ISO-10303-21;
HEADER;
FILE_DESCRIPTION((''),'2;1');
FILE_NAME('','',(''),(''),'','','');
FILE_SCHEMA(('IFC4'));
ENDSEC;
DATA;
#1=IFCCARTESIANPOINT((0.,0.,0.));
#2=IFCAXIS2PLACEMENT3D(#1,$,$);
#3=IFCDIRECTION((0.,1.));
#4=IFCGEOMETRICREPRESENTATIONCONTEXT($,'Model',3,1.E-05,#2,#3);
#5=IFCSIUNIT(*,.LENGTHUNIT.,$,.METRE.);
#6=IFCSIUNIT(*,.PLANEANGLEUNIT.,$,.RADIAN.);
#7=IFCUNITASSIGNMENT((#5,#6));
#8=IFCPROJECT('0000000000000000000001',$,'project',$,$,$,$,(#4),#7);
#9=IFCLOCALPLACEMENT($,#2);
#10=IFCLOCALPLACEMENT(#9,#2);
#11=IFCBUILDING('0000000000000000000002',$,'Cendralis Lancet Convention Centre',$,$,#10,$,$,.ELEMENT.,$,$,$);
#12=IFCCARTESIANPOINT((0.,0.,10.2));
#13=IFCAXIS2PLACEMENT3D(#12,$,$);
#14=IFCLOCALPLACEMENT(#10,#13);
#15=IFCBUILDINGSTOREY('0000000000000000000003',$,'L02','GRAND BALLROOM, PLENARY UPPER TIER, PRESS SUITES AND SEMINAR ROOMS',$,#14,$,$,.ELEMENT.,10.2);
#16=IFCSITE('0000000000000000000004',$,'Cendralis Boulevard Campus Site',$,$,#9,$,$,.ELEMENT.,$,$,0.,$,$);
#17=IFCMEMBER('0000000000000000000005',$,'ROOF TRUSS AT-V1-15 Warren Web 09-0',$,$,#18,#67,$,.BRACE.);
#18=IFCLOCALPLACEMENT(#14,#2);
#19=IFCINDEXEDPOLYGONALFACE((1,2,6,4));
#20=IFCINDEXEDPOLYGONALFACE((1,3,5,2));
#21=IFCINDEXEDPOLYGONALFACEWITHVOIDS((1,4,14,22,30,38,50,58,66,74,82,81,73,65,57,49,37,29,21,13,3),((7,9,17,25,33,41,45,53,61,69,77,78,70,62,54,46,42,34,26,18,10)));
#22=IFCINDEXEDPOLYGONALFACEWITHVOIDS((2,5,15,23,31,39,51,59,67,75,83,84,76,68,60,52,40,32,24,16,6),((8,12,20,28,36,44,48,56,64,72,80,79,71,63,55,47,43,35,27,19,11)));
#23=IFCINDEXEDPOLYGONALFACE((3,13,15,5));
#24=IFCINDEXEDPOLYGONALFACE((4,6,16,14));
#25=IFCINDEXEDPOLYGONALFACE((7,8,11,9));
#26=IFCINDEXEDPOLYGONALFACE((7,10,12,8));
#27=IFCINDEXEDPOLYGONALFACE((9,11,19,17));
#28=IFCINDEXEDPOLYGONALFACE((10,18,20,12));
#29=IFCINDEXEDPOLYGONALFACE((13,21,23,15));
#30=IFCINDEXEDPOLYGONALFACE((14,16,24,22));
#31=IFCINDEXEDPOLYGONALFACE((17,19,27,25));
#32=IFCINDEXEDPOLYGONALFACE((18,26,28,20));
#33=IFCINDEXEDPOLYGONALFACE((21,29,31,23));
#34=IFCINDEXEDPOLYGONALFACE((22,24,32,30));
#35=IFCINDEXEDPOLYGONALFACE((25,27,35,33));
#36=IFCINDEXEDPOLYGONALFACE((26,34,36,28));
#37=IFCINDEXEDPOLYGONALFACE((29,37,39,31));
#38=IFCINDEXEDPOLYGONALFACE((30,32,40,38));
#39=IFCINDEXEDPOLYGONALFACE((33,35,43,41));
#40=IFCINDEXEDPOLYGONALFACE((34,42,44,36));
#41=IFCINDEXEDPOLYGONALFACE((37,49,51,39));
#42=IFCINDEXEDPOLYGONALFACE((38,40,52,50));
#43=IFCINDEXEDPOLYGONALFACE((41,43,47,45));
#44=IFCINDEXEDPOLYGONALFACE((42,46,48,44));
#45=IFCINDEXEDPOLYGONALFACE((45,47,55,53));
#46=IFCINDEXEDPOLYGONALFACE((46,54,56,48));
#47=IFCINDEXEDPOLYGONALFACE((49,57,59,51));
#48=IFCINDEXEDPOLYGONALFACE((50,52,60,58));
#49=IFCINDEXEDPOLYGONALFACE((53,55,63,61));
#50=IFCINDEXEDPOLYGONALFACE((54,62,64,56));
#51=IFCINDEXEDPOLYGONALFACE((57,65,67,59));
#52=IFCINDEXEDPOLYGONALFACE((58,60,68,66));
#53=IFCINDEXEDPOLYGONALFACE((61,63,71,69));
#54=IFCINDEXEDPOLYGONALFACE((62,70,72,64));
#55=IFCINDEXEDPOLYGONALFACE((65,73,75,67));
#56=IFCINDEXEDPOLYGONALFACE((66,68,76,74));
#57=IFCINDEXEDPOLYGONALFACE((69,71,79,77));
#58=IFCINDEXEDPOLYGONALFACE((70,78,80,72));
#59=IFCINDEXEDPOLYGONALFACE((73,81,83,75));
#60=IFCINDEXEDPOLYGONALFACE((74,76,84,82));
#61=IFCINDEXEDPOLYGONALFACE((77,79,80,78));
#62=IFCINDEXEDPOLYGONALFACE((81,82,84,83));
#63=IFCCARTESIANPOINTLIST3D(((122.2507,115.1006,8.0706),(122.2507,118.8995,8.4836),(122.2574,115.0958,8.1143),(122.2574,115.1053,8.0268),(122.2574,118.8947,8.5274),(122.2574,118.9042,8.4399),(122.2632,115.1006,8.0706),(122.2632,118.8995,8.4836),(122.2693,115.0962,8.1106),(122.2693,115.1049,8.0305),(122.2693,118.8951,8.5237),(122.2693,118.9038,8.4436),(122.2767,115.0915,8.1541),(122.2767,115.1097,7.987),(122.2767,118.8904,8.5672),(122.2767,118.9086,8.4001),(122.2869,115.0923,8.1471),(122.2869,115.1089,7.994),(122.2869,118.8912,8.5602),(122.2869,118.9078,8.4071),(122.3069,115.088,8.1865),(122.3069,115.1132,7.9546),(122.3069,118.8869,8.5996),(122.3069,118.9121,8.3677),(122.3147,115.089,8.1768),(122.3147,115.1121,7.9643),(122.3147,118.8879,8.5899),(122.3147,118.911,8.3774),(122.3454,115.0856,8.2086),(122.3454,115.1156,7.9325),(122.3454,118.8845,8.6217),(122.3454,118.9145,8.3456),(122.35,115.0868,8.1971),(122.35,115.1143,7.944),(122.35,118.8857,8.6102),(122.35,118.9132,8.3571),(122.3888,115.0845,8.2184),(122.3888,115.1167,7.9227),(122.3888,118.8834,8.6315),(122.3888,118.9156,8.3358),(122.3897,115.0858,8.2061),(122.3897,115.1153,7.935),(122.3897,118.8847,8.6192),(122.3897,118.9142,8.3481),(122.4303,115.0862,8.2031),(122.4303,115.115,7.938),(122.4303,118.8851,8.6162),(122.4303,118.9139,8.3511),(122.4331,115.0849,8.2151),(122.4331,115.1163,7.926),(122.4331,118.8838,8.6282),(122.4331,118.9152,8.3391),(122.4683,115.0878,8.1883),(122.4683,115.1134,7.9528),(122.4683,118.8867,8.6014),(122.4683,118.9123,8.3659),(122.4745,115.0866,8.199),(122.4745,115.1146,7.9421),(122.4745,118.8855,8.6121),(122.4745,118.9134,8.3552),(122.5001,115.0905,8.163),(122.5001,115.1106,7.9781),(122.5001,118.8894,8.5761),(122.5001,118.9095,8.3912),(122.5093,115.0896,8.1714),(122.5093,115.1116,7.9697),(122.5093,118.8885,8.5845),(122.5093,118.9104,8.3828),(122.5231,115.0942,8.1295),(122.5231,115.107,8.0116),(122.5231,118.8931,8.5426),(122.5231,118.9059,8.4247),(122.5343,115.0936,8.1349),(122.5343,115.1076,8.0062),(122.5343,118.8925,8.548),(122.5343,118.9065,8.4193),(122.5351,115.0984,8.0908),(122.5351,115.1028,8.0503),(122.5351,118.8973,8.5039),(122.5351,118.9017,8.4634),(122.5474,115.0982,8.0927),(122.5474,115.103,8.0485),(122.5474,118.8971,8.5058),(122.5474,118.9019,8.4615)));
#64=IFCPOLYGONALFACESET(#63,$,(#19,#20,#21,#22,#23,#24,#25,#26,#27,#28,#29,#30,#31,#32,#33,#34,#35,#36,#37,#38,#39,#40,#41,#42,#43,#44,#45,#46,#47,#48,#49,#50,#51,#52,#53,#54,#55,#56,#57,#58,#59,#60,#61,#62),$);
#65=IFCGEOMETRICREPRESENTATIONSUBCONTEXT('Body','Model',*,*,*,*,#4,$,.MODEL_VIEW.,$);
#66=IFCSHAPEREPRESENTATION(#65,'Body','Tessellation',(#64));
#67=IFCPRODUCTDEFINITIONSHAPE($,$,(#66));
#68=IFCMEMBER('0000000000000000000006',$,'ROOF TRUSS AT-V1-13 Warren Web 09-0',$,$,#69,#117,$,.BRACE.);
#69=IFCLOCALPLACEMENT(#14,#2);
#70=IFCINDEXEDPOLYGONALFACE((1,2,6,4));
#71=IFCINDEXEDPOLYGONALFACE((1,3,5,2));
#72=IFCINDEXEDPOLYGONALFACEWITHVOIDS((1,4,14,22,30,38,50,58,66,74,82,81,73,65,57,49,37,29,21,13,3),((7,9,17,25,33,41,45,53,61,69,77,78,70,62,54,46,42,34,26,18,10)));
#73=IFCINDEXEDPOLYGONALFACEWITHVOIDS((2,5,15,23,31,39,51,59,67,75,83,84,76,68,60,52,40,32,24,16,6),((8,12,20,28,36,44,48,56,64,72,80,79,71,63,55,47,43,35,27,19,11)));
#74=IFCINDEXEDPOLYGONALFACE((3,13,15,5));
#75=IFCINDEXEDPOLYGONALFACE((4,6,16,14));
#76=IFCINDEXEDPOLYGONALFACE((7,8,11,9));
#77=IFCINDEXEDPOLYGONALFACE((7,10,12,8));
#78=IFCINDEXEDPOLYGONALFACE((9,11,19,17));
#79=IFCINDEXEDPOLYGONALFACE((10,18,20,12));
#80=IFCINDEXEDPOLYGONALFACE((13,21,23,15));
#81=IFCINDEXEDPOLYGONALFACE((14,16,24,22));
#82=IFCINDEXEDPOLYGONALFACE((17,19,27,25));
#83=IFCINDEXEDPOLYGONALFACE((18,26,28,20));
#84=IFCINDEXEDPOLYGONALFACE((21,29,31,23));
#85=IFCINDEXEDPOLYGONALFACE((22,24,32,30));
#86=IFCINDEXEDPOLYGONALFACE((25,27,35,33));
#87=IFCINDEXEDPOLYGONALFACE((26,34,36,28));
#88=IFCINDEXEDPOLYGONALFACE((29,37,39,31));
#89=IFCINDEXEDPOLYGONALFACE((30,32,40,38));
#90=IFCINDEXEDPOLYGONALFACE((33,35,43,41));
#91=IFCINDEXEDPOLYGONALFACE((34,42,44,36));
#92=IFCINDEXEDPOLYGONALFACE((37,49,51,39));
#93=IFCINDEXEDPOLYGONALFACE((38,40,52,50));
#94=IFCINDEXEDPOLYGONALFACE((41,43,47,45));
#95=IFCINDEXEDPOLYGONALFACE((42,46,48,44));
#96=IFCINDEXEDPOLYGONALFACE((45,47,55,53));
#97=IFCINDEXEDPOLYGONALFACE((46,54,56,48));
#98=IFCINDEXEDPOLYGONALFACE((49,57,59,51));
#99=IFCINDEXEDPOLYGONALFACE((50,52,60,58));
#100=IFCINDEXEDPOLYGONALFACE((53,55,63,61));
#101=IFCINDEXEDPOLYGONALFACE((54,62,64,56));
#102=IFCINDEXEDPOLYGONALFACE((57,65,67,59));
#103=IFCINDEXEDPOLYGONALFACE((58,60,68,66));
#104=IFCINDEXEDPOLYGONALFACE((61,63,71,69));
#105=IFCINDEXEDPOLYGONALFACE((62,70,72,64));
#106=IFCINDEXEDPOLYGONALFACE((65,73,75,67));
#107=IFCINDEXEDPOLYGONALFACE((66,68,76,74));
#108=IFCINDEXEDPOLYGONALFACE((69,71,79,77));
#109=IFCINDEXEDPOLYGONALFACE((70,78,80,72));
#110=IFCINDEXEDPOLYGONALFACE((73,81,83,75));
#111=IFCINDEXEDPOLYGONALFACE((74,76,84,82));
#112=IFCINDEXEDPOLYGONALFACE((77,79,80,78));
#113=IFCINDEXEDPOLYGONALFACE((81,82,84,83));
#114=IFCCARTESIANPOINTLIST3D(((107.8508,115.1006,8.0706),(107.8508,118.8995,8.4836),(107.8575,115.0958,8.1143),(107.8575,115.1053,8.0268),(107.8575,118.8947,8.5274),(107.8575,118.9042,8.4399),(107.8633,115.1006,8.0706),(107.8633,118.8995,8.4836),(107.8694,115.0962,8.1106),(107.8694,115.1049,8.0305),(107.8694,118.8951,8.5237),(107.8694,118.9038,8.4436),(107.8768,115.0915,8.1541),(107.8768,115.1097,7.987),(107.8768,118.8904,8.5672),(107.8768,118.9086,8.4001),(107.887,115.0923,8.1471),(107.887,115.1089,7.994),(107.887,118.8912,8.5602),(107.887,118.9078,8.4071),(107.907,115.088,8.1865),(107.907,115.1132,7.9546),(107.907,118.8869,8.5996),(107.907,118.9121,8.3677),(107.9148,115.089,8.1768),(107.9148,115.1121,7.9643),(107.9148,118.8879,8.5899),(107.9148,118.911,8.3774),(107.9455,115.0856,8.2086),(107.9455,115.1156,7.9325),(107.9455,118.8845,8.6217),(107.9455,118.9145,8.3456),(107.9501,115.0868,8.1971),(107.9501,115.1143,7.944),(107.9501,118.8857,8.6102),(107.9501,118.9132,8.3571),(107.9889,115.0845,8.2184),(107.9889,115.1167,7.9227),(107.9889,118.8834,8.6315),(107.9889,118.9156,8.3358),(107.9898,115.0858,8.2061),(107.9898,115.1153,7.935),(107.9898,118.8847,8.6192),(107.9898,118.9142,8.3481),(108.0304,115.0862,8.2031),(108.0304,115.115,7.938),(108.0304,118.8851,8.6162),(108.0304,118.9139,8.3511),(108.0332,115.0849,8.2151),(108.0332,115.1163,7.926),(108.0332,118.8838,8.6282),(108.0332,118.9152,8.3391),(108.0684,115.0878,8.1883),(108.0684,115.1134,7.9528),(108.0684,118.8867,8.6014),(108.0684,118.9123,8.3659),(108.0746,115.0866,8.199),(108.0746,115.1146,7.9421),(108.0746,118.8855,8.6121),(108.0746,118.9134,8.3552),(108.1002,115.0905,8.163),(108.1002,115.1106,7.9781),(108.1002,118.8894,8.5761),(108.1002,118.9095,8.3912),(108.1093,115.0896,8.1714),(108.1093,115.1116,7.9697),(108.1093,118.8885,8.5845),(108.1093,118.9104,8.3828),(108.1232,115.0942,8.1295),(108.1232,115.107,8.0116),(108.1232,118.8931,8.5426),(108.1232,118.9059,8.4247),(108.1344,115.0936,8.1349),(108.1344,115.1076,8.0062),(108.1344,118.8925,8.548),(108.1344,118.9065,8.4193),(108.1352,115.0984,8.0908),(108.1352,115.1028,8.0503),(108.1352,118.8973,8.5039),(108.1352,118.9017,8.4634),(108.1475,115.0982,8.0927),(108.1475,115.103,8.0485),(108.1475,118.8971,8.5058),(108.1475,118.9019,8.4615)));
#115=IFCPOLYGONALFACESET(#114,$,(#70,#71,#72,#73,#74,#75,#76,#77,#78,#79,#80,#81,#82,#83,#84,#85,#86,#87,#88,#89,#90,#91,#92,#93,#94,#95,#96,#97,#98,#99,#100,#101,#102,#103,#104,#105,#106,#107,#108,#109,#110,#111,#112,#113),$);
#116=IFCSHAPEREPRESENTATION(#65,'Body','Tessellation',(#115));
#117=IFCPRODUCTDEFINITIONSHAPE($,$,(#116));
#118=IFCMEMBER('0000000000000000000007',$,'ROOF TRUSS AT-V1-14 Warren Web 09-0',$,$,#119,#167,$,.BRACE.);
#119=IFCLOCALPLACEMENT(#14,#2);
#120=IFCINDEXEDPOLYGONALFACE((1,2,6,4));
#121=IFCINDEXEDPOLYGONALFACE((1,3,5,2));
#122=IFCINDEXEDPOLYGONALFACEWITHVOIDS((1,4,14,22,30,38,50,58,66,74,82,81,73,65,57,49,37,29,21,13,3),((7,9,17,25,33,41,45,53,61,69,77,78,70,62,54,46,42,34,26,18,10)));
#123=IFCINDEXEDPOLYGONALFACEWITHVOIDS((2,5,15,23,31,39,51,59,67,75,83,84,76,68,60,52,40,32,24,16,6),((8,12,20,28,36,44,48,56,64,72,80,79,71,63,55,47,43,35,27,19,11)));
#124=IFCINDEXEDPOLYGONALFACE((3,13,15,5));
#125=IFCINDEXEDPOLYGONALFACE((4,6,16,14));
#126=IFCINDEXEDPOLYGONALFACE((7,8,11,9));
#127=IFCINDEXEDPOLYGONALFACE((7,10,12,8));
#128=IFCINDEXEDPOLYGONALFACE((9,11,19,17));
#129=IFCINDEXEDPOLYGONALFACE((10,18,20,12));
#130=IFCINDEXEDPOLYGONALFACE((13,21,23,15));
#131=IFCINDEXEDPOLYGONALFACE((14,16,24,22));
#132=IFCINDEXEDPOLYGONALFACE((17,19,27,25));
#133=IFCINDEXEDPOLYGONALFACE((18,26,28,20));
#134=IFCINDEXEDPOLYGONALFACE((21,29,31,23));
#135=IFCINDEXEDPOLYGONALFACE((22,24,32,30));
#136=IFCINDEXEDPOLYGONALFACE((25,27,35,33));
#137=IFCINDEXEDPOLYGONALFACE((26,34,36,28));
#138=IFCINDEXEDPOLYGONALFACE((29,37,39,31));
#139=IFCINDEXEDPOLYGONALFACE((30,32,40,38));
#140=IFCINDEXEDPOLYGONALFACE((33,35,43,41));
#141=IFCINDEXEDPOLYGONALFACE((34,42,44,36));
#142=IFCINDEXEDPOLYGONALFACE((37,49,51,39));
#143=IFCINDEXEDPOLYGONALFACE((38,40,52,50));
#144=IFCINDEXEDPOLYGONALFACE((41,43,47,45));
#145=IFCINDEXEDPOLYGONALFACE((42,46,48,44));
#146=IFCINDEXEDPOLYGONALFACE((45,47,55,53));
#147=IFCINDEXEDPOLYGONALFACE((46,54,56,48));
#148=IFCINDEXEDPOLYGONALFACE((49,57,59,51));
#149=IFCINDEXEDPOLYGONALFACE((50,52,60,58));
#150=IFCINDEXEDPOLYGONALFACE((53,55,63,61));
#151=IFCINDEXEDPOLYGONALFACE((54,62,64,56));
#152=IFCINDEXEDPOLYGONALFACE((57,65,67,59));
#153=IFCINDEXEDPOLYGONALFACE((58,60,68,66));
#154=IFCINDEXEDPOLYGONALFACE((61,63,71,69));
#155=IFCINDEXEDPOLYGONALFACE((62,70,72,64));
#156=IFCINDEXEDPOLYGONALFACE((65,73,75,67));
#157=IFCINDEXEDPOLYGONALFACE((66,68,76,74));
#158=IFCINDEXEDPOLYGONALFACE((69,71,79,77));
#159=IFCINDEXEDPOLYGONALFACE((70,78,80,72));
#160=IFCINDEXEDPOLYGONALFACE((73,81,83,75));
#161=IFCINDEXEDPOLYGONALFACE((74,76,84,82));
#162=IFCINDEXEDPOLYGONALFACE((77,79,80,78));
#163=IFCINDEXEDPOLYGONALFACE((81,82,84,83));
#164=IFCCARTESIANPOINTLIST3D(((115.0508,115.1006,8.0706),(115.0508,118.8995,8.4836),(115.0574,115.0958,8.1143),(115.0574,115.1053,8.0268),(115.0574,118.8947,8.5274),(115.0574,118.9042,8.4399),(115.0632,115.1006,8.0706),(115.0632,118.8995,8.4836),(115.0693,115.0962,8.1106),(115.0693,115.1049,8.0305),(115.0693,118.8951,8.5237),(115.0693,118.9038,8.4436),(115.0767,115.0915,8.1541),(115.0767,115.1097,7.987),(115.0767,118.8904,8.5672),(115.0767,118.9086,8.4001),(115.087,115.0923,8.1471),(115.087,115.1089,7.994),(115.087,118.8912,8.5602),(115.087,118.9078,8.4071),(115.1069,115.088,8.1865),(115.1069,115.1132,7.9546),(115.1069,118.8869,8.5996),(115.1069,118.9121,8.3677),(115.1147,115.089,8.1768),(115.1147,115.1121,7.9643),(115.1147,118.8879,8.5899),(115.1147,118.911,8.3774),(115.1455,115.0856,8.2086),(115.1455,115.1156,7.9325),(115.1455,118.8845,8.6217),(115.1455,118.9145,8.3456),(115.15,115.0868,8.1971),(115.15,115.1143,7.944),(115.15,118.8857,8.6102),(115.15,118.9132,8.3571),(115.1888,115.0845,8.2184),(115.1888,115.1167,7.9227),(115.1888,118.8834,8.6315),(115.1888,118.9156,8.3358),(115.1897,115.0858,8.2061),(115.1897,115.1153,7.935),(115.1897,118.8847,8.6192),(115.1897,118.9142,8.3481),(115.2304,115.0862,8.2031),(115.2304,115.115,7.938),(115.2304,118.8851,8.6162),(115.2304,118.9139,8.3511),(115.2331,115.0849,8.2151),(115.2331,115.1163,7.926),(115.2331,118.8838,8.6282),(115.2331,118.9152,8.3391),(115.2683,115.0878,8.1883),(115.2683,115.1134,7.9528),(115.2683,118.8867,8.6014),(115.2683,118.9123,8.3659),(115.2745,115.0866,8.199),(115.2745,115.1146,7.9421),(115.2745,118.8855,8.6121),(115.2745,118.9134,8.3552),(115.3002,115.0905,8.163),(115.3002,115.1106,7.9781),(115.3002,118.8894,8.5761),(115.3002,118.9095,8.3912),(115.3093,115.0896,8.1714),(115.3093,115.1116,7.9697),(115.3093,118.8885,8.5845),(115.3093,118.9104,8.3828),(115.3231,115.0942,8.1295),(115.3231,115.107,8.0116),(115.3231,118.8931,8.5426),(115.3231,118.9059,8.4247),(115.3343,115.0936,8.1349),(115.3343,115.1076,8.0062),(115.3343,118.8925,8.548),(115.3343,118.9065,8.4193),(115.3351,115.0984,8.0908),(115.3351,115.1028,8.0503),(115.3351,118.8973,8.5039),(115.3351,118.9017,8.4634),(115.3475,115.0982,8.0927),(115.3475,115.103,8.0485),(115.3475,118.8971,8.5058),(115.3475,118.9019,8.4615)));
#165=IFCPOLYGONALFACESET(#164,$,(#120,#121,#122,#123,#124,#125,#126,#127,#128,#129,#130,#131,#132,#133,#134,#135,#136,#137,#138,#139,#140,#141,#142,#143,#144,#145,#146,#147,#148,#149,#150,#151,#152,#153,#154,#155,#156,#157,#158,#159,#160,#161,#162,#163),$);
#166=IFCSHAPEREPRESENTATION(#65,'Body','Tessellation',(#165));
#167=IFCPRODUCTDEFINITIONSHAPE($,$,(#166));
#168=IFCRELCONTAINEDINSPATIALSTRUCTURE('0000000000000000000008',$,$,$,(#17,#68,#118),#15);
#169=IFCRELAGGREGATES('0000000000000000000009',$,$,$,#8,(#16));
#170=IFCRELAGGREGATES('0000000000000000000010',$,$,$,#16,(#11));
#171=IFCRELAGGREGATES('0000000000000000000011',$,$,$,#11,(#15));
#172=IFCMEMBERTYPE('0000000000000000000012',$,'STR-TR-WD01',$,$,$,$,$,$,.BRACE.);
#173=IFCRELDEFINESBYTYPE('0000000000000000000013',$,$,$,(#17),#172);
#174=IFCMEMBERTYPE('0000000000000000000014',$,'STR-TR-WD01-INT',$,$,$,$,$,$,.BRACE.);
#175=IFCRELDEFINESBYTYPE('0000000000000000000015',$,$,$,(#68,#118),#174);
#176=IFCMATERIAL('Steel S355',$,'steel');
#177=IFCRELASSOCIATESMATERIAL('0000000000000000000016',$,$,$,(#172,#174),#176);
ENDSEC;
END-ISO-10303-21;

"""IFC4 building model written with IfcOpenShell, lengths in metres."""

from ifc_helpers import new_model, si_unit, direction, frame, origin, origin_2d, place, context, subcontext, project, spatial, hollow_circle, extrude, material, material_profile, profile_set, type_object, element, save


model = new_model("IFC4")

# Units and contexts
model_context = context("Model", 3, precision=1e-05, world=origin(), true_north=direction((0.0, 1.0)))
body_context = subcontext(model_context, "Body", "Model", "MODEL_VIEW")
ifc_project = project(units=[si_unit("LENGTHUNIT", "METRE"), si_unit("PLANEANGLEUNIT", "RADIAN")], contexts=[model_context])

# Site, building, storey
site_placement = place(None, origin())
site = spatial("IfcSite", under=ifc_project, at=site_placement, Name="Cendralis Boulevard Campus Site", CompositionType="ELEMENT", RefElevation=0.0)
building_placement = place(site_placement, origin())
building = spatial("IfcBuilding", under=site, at=building_placement, Name="Cendralis Lancet Convention Centre", CompositionType="ELEMENT")
storey_placement = place(building_placement, frame((0.0, 0.0, 10.2)))
storey = spatial("IfcBuildingStorey", under=building, at=storey_placement, Name="L02", Description="GRAND BALLROOM, PLENARY UPPER TIER, PRESS SUITES AND SEMINAR ROOMS", CompositionType="ELEMENT", Elevation=10.2)

# Members
ifc_material = material(Name="Steel S355", Category="steel")
ifc_material_profile_1 = material_profile(ifc_material, hollow_circle(Radius=0.1492, WallThickness=0.0125, at=origin_2d()), Name="CHS 298.5x12.5")
ifc_profile_set_1 = profile_set([ifc_material_profile_1], Name="Steel S355")
member_type_1 = type_object("IfcMemberType", Name="STR-TR-WD01", PredefinedType="BRACE", material=ifc_profile_set_1)
member_1_placement = place(storey_placement, frame((122.3999, 115.1006, 8.0706), z_axis=(0.0, 0.99414, 0.108103), x_axis=(-1.0, 0.0, 0.0)))
element("IfcMember", 1, at=member_1_placement, inside=storey, type_object=member_type_1, Name="ROOF TRUSS AT-V1-15 Warren Web 09-0", PredefinedType="BRACE", context=body_context, shape_type="SweptSolid", body=[
    extrude(hollow_circle(Radius=0.1492, WallThickness=0.0125, at=origin_2d()), origin(), (0.0, 0.0, 1.0), 3.8213),
])
ifc_material_profile_2 = material_profile(ifc_material, hollow_circle(Radius=0.1492, WallThickness=0.0125, at=origin_2d()), Name="CHS 298.5x12.5")
ifc_profile_set_2 = profile_set([ifc_material_profile_2], Name="Steel S355")
member_type_2 = type_object("IfcMemberType", Name="STR-TR-WD01-INT", PredefinedType="BRACE", material=ifc_profile_set_2)
for number, where, z_axis, x_axis, name in (
    (2, (108.0, 115.1006, 8.0706), (0.0, 0.99414, 0.108103), (-1.0, 0.0, 0.0), "ROOF TRUSS AT-V1-13 Warren Web 09-0"),
    (3, (115.2, 115.1006, 8.0706), (0.0, 0.99414, 0.108103), (-1.0, 0.0, 0.0), "ROOF TRUSS AT-V1-14 Warren Web 09-0"),
):
    element("IfcMember", number, at=place(storey_placement, frame(where, z_axis=z_axis, x_axis=x_axis)), inside=storey, type_object=member_type_2, Name=name, PredefinedType="BRACE", context=body_context, shape_type="SweptSolid", body=[
        extrude(hollow_circle(Radius=0.1492, WallThickness=0.0125, at=origin_2d()), origin(), (0.0, 0.0, 1.0), 3.8213),
    ])

save(model, "model.ifc")
